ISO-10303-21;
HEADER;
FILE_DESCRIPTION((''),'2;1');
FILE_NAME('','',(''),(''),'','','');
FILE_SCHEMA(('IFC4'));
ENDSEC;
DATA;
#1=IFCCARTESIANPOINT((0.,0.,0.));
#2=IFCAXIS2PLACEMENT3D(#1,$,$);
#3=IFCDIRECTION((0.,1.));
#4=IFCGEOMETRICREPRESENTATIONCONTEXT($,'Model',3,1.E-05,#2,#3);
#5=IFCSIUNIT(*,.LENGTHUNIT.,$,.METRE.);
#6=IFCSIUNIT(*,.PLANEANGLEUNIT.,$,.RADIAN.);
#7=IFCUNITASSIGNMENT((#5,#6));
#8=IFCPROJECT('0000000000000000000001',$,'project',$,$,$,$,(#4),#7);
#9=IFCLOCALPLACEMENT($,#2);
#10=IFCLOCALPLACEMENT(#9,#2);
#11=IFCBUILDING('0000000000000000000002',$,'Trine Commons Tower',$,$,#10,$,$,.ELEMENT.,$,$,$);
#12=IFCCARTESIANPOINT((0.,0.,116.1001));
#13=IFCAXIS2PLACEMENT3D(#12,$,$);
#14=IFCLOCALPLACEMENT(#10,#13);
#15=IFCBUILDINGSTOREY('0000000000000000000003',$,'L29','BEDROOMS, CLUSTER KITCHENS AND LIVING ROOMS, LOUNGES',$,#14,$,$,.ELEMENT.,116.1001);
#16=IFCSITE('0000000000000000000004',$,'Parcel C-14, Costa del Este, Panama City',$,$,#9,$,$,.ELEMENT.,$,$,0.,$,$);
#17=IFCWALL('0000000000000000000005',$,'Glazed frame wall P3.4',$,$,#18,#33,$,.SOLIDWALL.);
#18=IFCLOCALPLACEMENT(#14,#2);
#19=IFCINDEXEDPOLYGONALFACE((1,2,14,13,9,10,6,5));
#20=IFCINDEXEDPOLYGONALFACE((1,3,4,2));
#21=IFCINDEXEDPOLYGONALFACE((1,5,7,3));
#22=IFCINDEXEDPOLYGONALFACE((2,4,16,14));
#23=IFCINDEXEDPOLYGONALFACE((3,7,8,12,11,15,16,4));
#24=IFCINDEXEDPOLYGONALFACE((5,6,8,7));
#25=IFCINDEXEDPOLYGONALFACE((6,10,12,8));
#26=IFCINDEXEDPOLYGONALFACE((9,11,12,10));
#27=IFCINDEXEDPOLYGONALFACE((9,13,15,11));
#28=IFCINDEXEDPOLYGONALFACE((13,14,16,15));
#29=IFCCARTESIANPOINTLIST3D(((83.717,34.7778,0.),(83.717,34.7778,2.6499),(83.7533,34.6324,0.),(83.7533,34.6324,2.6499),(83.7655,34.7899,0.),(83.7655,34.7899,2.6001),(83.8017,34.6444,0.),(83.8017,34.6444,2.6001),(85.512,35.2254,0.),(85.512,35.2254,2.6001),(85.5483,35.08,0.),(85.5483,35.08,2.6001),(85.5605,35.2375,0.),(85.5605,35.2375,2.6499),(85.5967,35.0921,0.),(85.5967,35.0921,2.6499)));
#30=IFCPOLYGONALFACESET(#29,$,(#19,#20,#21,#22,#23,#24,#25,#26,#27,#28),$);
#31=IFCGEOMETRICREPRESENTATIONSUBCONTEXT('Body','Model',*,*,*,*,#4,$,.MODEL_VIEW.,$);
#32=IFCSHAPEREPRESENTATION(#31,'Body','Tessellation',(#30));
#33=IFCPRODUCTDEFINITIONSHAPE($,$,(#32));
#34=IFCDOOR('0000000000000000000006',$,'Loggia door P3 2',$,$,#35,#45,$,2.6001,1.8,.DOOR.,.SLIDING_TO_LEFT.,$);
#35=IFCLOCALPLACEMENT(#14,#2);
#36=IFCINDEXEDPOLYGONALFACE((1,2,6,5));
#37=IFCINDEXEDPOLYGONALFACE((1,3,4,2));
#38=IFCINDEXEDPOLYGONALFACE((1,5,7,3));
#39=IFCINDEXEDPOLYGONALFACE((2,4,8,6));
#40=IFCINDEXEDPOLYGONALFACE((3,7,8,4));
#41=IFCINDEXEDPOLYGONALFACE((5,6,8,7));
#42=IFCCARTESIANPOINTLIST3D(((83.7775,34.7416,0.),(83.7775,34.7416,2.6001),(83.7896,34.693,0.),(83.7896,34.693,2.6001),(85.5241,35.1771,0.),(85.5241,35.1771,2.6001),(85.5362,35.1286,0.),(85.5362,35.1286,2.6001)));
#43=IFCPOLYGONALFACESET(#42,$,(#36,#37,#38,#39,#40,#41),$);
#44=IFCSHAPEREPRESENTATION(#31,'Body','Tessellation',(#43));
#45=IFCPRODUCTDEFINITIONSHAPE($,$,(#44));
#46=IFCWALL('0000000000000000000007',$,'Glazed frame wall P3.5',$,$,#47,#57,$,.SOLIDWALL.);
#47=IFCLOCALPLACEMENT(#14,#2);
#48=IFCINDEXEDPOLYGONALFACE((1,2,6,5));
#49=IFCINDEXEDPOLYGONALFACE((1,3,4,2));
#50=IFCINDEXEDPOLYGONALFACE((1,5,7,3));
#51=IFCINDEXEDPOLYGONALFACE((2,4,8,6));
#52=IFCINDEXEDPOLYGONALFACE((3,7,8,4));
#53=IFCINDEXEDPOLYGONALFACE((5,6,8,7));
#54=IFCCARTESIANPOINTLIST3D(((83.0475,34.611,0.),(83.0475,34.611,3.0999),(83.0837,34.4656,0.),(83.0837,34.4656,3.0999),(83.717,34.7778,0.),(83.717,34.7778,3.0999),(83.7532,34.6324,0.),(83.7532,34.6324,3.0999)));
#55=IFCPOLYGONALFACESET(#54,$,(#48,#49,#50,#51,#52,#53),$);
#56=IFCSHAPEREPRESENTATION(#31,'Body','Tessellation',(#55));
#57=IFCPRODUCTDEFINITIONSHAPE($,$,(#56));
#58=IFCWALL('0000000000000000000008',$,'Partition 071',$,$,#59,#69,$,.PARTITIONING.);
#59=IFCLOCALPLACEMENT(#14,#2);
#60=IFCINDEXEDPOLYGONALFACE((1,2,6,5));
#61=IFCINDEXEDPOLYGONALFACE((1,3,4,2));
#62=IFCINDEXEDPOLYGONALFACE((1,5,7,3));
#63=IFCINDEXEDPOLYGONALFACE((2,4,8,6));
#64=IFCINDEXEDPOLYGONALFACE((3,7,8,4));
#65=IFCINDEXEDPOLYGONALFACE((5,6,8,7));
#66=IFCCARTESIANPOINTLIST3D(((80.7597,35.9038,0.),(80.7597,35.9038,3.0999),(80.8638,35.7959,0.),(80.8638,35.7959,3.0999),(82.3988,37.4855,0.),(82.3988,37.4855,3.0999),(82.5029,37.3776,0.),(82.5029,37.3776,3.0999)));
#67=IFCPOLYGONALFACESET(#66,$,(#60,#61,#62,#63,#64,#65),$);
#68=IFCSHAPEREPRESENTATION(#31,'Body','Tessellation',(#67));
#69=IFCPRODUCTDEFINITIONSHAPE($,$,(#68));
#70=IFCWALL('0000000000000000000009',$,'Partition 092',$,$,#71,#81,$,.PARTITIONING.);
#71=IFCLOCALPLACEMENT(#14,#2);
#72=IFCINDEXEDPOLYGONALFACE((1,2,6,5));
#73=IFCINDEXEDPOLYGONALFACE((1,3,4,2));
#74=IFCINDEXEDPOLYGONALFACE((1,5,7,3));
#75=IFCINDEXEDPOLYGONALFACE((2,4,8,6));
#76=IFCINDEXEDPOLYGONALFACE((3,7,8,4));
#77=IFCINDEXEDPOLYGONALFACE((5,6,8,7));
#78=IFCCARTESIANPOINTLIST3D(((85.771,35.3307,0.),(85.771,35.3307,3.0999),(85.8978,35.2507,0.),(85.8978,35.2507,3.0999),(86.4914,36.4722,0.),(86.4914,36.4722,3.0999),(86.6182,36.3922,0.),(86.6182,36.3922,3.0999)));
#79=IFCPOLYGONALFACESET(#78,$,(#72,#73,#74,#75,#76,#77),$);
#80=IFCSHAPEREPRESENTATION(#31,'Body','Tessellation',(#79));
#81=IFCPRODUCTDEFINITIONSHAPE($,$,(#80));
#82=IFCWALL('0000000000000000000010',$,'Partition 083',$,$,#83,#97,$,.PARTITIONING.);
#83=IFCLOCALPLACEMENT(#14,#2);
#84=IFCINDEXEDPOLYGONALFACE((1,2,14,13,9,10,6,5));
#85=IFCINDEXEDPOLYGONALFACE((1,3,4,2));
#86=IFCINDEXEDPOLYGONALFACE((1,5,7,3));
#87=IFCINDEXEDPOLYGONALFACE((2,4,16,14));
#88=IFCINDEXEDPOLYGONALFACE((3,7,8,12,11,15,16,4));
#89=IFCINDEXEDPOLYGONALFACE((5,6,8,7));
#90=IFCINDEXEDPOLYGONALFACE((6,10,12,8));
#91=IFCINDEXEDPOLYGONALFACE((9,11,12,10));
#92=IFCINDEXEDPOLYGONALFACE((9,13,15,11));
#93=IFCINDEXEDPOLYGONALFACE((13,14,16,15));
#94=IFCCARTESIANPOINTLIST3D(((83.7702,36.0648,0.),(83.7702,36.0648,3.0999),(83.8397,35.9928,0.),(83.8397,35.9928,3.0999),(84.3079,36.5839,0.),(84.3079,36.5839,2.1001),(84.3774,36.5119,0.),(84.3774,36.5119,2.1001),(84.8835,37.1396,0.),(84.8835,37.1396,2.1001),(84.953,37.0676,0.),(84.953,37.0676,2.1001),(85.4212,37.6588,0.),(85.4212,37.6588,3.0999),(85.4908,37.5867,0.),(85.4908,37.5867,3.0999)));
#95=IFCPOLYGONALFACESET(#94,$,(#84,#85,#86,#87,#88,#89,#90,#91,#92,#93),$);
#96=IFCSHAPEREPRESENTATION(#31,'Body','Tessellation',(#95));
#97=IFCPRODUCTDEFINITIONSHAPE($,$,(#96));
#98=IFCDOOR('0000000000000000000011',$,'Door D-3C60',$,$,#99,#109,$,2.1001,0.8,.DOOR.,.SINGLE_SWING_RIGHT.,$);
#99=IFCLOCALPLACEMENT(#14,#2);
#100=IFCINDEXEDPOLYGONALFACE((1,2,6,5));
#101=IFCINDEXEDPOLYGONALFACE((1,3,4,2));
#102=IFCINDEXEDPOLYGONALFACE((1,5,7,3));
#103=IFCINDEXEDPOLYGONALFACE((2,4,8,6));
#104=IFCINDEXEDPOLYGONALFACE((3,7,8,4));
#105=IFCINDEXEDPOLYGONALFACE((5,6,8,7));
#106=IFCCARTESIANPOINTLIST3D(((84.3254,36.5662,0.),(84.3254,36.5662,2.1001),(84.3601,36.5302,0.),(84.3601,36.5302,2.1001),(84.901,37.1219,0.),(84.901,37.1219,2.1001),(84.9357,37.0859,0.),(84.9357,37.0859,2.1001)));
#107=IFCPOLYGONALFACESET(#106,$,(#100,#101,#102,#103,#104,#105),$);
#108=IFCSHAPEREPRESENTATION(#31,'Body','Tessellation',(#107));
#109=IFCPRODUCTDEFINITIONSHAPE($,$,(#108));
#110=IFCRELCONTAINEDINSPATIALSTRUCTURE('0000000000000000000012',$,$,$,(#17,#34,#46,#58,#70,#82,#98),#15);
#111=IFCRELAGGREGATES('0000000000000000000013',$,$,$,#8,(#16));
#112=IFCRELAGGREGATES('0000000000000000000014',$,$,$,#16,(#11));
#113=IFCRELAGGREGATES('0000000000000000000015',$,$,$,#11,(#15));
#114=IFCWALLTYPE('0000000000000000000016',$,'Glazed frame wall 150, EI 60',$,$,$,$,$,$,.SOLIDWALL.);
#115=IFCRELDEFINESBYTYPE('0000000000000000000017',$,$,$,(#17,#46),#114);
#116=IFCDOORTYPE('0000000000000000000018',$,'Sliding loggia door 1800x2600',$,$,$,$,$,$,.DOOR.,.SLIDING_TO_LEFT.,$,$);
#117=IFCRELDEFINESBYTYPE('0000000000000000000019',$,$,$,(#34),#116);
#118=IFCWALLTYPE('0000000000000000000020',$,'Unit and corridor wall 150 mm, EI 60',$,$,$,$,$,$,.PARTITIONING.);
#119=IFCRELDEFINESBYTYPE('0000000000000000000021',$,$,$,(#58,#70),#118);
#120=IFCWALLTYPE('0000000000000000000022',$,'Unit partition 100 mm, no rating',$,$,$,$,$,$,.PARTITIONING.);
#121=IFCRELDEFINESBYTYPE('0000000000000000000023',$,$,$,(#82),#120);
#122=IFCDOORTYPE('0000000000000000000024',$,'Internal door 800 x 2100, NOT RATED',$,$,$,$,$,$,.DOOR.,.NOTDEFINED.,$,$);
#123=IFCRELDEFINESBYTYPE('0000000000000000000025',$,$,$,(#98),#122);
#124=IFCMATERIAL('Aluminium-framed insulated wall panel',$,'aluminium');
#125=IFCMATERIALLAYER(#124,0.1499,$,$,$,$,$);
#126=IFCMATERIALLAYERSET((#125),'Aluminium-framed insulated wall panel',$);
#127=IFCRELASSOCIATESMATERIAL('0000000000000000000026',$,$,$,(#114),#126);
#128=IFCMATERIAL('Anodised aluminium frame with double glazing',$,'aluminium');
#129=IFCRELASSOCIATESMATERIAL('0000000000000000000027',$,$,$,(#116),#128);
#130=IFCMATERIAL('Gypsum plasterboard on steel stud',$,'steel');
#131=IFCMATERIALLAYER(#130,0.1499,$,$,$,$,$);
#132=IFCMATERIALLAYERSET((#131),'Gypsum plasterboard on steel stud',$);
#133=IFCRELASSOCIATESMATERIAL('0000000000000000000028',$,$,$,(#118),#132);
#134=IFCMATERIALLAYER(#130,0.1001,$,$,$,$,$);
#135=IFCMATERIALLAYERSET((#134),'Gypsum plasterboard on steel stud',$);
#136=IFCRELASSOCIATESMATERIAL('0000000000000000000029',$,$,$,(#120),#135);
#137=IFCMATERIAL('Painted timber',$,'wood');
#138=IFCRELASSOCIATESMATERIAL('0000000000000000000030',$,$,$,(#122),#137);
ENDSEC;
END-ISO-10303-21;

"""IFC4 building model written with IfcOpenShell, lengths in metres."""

from ifc_helpers import new_model, si_unit, direction, frame, frame_2d, origin, place, context, subcontext, project, spatial, polyline, rectangle, outline, extrude, material, layer, layer_set, type_object, element, fill, save


model = new_model("IFC4")

# Units and contexts
model_context = context("Model", 3, precision=1e-05, world=origin(), true_north=direction((0.0, 1.0)))
body_context = subcontext(model_context, "Body", "Model", "MODEL_VIEW")
ifc_project = project(units=[si_unit("LENGTHUNIT", "METRE"), si_unit("PLANEANGLEUNIT", "RADIAN")], contexts=[model_context])

# Site, building, storey
site_placement = place(None, origin())
site = spatial("IfcSite", under=ifc_project, at=site_placement, Name="Parcel C-14, Costa del Este, Panama City", CompositionType="ELEMENT", RefElevation=0.0)
building_placement = place(site_placement, origin())
building = spatial("IfcBuilding", under=site, at=building_placement, Name="Trine Commons Tower", CompositionType="ELEMENT")
storey_placement = place(building_placement, frame((0.0, 0.0, 116.1001)))
storey = spatial("IfcBuildingStorey", under=building, at=storey_placement, Name="L29", Description="BEDROOMS, CLUSTER KITCHENS AND LIVING ROOMS, LOUNGES", CompositionType="ELEMENT", Elevation=116.1001)

# Wall, opening, door
ifc_material_1 = material(Name="Aluminium-framed insulated wall panel", Category="aluminium")
ifc_layer_1 = layer(ifc_material_1, 0.1499)
ifc_layer_set_1 = layer_set([ifc_layer_1], Name="Aluminium-framed insulated wall panel")
wall_type_1 = type_object("IfcWallType", Name="Glazed frame wall 150, EI 60", PredefinedType="SOLIDWALL", material=ifc_layer_set_1)
wall_1_placement = place(storey_placement, frame((85.5786, 35.1648, 0.0), z_axis=(0.0, 0.0, 1.0), x_axis=(-0.970286, -0.241961, 0.0)))
wall_1 = element("IfcWall", 1, at=wall_1_placement, inside=storey, type_object=wall_type_1, Name="Glazed frame wall P3.4", PredefinedType="SOLIDWALL", context=body_context, shape_type="SweptSolid", body=[
    extrude(outline(polyline([(0.0, -0.075), (1.8999, -0.075), (1.8999, 0.075), (0.0, 0.075), (0.0, -0.075)])), origin(), (0.0, 0.0, 1.0), 2.6499),
])
opening_1_placement = place(wall_1_placement, frame((0.05, 0.0, 0.0)))
opening_1 = element("IfcOpeningElement", 2, at=opening_1_placement, cuts=wall_1, PredefinedType="OPENING", context=body_context, shape_type="SweptSolid", body=[
    extrude(rectangle(XDim=1.8, YDim=2.6001, at=frame_2d((0.8999, 1.3))), frame((0.0, 0.085, 0.0), z_axis=(0.0, -1.0, 0.0), x_axis=(1.0, 0.0, 0.0)), (0.0, 0.0, 1.0), 0.1699),
])
ifc_material_2 = material(Name="Anodised aluminium frame with double glazing", Category="aluminium")
door_type_1 = type_object("IfcDoorType", Name="Sliding loggia door 1800x2600", OperationType="SLIDING_TO_LEFT", PredefinedType="DOOR", material=ifc_material_2)
door_1_placement = place(opening_1_placement, origin())
door_1 = element("IfcDoor", 3, at=door_1_placement, inside=storey, type_object=door_type_1, Name="Loggia door P3 2", OperationType="SLIDING_TO_LEFT", OverallHeight=2.6001, OverallWidth=1.8, PredefinedType="DOOR", context=body_context, shape_type="SweptSolid", body=[
    extrude(rectangle(XDim=1.8, YDim=2.6001, at=frame_2d((0.8999, 1.3))), frame((0.0, 0.0249, 0.0), z_axis=(0.0, -1.0, 0.0), x_axis=(1.0, 0.0, 0.0)), (0.0, 0.0, 1.0), 0.05),
])
fill(opening_1, door_1)

# Walls
wall_2_placement = place(storey_placement, frame((83.7351, 34.7051, 0.0), z_axis=(0.0, 0.0, 1.0), x_axis=(-0.97034, -0.241746, 0.0)))
element("IfcWall", 4, at=wall_2_placement, inside=storey, type_object=wall_type_1, Name="Glazed frame wall P3.5", PredefinedType="SOLIDWALL", context=body_context, shape_type="SweptSolid", body=[
    extrude(outline(polyline([(0.6899, 0.075), (0.0, 0.075), (0.0, -0.075), (0.6899, -0.075), (0.6899, 0.075)])), origin(), (0.0, 0.0, 1.0), 3.0999),
])
ifc_material_3 = material(Name="Gypsum plasterboard on steel stud", Category="steel")
ifc_layer_2 = layer(ifc_material_3, 0.1499)
ifc_layer_set_2 = layer_set([ifc_layer_2], Name="Gypsum plasterboard on steel stud")
wall_type_2 = type_object("IfcWallType", Name="Unit and corridor wall 150 mm, EI 60", PredefinedType="PARTITIONING", material=ifc_layer_set_2)
wall_3_placement = place(storey_placement, frame((80.8118, 35.8499, 0.0), z_axis=(0.0, 0.0, 1.0), x_axis=(0.719588, 0.694401, 0.0)))
element("IfcWall", 5, at=wall_3_placement, inside=storey, type_object=wall_type_2, Name="Partition 071", PredefinedType="PARTITIONING", context=body_context, shape_type="SweptSolid", body=[
    extrude(rectangle(XDim=2.2778, YDim=0.1499, at=frame_2d((1.1389, 0.0))), origin(), (0.0, 0.0, 1.0), 3.0999),
])
wall_4_placement = place(storey_placement, frame((85.8345, 35.2908, 0.0), z_axis=(0.0, 0.0, 1.0), x_axis=(0.5337, 0.845674, 0.0)))
element("IfcWall", 6, at=wall_4_placement, inside=storey, type_object=wall_type_2, Name="Partition 092", PredefinedType="PARTITIONING", context=body_context, shape_type="SweptSolid", body=[
    extrude(rectangle(XDim=1.3499, YDim=0.1499, at=frame_2d((0.6748, 0.0))), origin(), (0.0, 0.0, 1.0), 3.0999),
])

# Wall, opening, door
ifc_layer_3 = layer(ifc_material_3, 0.1001)
ifc_layer_set_3 = layer_set([ifc_layer_3], Name="Gypsum plasterboard on steel stud")
wall_type_3 = type_object("IfcWallType", Name="Unit partition 100 mm, no rating", PredefinedType="PARTITIONING", material=ifc_layer_set_3)
wall_5_placement = place(storey_placement, frame((83.8049, 36.0288, 0.0), z_axis=(0.0, 0.0, 1.0), x_axis=(0.719444, 0.694551, 0.0)))
wall_5 = element("IfcWall", 7, at=wall_5_placement, inside=storey, type_object=wall_type_3, Name="Partition 083", PredefinedType="PARTITIONING", context=body_context, shape_type="SweptSolid", body=[
    extrude(rectangle(XDim=2.2949, YDim=0.1001, at=frame_2d((1.1475, 0.0))), origin(), (0.0, 0.0, 1.0), 3.0999),
])
opening_2_placement = place(wall_5_placement, frame((0.7476, 0.0, 0.0)))
opening_2 = element("IfcOpeningElement", 8, at=opening_2_placement, cuts=wall_5, PredefinedType="OPENING", context=body_context, shape_type="SweptSolid", body=[
    extrude(rectangle(XDim=0.8, YDim=2.1001, at=frame_2d((0.3999, 1.05))), frame((0.0, 0.0601, 0.0), z_axis=(0.0, -1.0, 0.0), x_axis=(1.0, 0.0, 0.0)), (0.0, 0.0, 1.0), 0.1201),
])
ifc_material_4 = material(Name="Painted timber", Category="wood")
door_type_2 = type_object("IfcDoorType", Name="Internal door 800 x 2100, NOT RATED", OperationType="NOTDEFINED", PredefinedType="DOOR", material=ifc_material_4)
door_2_placement = place(opening_2_placement, frame((0.8, 0.0, 0.0), z_axis=(0.0, 0.0, 1.0), x_axis=(-1.0, 0.0, 0.0)))
door_2 = element("IfcDoor", 9, at=door_2_placement, inside=storey, type_object=door_type_2, Name="Door D-3C60", OperationType="SINGLE_SWING_RIGHT", OverallHeight=2.1001, OverallWidth=0.8, PredefinedType="DOOR", context=body_context, shape_type="SweptSolid", body=[
    extrude(rectangle(XDim=0.8, YDim=2.1001, at=frame_2d((0.3999, 1.05))), frame((0.0, 0.0249, 0.0), z_axis=(0.0, -1.0, 0.0), x_axis=(1.0, 0.0, 0.0)), (0.0, 0.0, 1.0), 0.05),
])
fill(opening_2, door_2)

save(model, "model.ifc")
